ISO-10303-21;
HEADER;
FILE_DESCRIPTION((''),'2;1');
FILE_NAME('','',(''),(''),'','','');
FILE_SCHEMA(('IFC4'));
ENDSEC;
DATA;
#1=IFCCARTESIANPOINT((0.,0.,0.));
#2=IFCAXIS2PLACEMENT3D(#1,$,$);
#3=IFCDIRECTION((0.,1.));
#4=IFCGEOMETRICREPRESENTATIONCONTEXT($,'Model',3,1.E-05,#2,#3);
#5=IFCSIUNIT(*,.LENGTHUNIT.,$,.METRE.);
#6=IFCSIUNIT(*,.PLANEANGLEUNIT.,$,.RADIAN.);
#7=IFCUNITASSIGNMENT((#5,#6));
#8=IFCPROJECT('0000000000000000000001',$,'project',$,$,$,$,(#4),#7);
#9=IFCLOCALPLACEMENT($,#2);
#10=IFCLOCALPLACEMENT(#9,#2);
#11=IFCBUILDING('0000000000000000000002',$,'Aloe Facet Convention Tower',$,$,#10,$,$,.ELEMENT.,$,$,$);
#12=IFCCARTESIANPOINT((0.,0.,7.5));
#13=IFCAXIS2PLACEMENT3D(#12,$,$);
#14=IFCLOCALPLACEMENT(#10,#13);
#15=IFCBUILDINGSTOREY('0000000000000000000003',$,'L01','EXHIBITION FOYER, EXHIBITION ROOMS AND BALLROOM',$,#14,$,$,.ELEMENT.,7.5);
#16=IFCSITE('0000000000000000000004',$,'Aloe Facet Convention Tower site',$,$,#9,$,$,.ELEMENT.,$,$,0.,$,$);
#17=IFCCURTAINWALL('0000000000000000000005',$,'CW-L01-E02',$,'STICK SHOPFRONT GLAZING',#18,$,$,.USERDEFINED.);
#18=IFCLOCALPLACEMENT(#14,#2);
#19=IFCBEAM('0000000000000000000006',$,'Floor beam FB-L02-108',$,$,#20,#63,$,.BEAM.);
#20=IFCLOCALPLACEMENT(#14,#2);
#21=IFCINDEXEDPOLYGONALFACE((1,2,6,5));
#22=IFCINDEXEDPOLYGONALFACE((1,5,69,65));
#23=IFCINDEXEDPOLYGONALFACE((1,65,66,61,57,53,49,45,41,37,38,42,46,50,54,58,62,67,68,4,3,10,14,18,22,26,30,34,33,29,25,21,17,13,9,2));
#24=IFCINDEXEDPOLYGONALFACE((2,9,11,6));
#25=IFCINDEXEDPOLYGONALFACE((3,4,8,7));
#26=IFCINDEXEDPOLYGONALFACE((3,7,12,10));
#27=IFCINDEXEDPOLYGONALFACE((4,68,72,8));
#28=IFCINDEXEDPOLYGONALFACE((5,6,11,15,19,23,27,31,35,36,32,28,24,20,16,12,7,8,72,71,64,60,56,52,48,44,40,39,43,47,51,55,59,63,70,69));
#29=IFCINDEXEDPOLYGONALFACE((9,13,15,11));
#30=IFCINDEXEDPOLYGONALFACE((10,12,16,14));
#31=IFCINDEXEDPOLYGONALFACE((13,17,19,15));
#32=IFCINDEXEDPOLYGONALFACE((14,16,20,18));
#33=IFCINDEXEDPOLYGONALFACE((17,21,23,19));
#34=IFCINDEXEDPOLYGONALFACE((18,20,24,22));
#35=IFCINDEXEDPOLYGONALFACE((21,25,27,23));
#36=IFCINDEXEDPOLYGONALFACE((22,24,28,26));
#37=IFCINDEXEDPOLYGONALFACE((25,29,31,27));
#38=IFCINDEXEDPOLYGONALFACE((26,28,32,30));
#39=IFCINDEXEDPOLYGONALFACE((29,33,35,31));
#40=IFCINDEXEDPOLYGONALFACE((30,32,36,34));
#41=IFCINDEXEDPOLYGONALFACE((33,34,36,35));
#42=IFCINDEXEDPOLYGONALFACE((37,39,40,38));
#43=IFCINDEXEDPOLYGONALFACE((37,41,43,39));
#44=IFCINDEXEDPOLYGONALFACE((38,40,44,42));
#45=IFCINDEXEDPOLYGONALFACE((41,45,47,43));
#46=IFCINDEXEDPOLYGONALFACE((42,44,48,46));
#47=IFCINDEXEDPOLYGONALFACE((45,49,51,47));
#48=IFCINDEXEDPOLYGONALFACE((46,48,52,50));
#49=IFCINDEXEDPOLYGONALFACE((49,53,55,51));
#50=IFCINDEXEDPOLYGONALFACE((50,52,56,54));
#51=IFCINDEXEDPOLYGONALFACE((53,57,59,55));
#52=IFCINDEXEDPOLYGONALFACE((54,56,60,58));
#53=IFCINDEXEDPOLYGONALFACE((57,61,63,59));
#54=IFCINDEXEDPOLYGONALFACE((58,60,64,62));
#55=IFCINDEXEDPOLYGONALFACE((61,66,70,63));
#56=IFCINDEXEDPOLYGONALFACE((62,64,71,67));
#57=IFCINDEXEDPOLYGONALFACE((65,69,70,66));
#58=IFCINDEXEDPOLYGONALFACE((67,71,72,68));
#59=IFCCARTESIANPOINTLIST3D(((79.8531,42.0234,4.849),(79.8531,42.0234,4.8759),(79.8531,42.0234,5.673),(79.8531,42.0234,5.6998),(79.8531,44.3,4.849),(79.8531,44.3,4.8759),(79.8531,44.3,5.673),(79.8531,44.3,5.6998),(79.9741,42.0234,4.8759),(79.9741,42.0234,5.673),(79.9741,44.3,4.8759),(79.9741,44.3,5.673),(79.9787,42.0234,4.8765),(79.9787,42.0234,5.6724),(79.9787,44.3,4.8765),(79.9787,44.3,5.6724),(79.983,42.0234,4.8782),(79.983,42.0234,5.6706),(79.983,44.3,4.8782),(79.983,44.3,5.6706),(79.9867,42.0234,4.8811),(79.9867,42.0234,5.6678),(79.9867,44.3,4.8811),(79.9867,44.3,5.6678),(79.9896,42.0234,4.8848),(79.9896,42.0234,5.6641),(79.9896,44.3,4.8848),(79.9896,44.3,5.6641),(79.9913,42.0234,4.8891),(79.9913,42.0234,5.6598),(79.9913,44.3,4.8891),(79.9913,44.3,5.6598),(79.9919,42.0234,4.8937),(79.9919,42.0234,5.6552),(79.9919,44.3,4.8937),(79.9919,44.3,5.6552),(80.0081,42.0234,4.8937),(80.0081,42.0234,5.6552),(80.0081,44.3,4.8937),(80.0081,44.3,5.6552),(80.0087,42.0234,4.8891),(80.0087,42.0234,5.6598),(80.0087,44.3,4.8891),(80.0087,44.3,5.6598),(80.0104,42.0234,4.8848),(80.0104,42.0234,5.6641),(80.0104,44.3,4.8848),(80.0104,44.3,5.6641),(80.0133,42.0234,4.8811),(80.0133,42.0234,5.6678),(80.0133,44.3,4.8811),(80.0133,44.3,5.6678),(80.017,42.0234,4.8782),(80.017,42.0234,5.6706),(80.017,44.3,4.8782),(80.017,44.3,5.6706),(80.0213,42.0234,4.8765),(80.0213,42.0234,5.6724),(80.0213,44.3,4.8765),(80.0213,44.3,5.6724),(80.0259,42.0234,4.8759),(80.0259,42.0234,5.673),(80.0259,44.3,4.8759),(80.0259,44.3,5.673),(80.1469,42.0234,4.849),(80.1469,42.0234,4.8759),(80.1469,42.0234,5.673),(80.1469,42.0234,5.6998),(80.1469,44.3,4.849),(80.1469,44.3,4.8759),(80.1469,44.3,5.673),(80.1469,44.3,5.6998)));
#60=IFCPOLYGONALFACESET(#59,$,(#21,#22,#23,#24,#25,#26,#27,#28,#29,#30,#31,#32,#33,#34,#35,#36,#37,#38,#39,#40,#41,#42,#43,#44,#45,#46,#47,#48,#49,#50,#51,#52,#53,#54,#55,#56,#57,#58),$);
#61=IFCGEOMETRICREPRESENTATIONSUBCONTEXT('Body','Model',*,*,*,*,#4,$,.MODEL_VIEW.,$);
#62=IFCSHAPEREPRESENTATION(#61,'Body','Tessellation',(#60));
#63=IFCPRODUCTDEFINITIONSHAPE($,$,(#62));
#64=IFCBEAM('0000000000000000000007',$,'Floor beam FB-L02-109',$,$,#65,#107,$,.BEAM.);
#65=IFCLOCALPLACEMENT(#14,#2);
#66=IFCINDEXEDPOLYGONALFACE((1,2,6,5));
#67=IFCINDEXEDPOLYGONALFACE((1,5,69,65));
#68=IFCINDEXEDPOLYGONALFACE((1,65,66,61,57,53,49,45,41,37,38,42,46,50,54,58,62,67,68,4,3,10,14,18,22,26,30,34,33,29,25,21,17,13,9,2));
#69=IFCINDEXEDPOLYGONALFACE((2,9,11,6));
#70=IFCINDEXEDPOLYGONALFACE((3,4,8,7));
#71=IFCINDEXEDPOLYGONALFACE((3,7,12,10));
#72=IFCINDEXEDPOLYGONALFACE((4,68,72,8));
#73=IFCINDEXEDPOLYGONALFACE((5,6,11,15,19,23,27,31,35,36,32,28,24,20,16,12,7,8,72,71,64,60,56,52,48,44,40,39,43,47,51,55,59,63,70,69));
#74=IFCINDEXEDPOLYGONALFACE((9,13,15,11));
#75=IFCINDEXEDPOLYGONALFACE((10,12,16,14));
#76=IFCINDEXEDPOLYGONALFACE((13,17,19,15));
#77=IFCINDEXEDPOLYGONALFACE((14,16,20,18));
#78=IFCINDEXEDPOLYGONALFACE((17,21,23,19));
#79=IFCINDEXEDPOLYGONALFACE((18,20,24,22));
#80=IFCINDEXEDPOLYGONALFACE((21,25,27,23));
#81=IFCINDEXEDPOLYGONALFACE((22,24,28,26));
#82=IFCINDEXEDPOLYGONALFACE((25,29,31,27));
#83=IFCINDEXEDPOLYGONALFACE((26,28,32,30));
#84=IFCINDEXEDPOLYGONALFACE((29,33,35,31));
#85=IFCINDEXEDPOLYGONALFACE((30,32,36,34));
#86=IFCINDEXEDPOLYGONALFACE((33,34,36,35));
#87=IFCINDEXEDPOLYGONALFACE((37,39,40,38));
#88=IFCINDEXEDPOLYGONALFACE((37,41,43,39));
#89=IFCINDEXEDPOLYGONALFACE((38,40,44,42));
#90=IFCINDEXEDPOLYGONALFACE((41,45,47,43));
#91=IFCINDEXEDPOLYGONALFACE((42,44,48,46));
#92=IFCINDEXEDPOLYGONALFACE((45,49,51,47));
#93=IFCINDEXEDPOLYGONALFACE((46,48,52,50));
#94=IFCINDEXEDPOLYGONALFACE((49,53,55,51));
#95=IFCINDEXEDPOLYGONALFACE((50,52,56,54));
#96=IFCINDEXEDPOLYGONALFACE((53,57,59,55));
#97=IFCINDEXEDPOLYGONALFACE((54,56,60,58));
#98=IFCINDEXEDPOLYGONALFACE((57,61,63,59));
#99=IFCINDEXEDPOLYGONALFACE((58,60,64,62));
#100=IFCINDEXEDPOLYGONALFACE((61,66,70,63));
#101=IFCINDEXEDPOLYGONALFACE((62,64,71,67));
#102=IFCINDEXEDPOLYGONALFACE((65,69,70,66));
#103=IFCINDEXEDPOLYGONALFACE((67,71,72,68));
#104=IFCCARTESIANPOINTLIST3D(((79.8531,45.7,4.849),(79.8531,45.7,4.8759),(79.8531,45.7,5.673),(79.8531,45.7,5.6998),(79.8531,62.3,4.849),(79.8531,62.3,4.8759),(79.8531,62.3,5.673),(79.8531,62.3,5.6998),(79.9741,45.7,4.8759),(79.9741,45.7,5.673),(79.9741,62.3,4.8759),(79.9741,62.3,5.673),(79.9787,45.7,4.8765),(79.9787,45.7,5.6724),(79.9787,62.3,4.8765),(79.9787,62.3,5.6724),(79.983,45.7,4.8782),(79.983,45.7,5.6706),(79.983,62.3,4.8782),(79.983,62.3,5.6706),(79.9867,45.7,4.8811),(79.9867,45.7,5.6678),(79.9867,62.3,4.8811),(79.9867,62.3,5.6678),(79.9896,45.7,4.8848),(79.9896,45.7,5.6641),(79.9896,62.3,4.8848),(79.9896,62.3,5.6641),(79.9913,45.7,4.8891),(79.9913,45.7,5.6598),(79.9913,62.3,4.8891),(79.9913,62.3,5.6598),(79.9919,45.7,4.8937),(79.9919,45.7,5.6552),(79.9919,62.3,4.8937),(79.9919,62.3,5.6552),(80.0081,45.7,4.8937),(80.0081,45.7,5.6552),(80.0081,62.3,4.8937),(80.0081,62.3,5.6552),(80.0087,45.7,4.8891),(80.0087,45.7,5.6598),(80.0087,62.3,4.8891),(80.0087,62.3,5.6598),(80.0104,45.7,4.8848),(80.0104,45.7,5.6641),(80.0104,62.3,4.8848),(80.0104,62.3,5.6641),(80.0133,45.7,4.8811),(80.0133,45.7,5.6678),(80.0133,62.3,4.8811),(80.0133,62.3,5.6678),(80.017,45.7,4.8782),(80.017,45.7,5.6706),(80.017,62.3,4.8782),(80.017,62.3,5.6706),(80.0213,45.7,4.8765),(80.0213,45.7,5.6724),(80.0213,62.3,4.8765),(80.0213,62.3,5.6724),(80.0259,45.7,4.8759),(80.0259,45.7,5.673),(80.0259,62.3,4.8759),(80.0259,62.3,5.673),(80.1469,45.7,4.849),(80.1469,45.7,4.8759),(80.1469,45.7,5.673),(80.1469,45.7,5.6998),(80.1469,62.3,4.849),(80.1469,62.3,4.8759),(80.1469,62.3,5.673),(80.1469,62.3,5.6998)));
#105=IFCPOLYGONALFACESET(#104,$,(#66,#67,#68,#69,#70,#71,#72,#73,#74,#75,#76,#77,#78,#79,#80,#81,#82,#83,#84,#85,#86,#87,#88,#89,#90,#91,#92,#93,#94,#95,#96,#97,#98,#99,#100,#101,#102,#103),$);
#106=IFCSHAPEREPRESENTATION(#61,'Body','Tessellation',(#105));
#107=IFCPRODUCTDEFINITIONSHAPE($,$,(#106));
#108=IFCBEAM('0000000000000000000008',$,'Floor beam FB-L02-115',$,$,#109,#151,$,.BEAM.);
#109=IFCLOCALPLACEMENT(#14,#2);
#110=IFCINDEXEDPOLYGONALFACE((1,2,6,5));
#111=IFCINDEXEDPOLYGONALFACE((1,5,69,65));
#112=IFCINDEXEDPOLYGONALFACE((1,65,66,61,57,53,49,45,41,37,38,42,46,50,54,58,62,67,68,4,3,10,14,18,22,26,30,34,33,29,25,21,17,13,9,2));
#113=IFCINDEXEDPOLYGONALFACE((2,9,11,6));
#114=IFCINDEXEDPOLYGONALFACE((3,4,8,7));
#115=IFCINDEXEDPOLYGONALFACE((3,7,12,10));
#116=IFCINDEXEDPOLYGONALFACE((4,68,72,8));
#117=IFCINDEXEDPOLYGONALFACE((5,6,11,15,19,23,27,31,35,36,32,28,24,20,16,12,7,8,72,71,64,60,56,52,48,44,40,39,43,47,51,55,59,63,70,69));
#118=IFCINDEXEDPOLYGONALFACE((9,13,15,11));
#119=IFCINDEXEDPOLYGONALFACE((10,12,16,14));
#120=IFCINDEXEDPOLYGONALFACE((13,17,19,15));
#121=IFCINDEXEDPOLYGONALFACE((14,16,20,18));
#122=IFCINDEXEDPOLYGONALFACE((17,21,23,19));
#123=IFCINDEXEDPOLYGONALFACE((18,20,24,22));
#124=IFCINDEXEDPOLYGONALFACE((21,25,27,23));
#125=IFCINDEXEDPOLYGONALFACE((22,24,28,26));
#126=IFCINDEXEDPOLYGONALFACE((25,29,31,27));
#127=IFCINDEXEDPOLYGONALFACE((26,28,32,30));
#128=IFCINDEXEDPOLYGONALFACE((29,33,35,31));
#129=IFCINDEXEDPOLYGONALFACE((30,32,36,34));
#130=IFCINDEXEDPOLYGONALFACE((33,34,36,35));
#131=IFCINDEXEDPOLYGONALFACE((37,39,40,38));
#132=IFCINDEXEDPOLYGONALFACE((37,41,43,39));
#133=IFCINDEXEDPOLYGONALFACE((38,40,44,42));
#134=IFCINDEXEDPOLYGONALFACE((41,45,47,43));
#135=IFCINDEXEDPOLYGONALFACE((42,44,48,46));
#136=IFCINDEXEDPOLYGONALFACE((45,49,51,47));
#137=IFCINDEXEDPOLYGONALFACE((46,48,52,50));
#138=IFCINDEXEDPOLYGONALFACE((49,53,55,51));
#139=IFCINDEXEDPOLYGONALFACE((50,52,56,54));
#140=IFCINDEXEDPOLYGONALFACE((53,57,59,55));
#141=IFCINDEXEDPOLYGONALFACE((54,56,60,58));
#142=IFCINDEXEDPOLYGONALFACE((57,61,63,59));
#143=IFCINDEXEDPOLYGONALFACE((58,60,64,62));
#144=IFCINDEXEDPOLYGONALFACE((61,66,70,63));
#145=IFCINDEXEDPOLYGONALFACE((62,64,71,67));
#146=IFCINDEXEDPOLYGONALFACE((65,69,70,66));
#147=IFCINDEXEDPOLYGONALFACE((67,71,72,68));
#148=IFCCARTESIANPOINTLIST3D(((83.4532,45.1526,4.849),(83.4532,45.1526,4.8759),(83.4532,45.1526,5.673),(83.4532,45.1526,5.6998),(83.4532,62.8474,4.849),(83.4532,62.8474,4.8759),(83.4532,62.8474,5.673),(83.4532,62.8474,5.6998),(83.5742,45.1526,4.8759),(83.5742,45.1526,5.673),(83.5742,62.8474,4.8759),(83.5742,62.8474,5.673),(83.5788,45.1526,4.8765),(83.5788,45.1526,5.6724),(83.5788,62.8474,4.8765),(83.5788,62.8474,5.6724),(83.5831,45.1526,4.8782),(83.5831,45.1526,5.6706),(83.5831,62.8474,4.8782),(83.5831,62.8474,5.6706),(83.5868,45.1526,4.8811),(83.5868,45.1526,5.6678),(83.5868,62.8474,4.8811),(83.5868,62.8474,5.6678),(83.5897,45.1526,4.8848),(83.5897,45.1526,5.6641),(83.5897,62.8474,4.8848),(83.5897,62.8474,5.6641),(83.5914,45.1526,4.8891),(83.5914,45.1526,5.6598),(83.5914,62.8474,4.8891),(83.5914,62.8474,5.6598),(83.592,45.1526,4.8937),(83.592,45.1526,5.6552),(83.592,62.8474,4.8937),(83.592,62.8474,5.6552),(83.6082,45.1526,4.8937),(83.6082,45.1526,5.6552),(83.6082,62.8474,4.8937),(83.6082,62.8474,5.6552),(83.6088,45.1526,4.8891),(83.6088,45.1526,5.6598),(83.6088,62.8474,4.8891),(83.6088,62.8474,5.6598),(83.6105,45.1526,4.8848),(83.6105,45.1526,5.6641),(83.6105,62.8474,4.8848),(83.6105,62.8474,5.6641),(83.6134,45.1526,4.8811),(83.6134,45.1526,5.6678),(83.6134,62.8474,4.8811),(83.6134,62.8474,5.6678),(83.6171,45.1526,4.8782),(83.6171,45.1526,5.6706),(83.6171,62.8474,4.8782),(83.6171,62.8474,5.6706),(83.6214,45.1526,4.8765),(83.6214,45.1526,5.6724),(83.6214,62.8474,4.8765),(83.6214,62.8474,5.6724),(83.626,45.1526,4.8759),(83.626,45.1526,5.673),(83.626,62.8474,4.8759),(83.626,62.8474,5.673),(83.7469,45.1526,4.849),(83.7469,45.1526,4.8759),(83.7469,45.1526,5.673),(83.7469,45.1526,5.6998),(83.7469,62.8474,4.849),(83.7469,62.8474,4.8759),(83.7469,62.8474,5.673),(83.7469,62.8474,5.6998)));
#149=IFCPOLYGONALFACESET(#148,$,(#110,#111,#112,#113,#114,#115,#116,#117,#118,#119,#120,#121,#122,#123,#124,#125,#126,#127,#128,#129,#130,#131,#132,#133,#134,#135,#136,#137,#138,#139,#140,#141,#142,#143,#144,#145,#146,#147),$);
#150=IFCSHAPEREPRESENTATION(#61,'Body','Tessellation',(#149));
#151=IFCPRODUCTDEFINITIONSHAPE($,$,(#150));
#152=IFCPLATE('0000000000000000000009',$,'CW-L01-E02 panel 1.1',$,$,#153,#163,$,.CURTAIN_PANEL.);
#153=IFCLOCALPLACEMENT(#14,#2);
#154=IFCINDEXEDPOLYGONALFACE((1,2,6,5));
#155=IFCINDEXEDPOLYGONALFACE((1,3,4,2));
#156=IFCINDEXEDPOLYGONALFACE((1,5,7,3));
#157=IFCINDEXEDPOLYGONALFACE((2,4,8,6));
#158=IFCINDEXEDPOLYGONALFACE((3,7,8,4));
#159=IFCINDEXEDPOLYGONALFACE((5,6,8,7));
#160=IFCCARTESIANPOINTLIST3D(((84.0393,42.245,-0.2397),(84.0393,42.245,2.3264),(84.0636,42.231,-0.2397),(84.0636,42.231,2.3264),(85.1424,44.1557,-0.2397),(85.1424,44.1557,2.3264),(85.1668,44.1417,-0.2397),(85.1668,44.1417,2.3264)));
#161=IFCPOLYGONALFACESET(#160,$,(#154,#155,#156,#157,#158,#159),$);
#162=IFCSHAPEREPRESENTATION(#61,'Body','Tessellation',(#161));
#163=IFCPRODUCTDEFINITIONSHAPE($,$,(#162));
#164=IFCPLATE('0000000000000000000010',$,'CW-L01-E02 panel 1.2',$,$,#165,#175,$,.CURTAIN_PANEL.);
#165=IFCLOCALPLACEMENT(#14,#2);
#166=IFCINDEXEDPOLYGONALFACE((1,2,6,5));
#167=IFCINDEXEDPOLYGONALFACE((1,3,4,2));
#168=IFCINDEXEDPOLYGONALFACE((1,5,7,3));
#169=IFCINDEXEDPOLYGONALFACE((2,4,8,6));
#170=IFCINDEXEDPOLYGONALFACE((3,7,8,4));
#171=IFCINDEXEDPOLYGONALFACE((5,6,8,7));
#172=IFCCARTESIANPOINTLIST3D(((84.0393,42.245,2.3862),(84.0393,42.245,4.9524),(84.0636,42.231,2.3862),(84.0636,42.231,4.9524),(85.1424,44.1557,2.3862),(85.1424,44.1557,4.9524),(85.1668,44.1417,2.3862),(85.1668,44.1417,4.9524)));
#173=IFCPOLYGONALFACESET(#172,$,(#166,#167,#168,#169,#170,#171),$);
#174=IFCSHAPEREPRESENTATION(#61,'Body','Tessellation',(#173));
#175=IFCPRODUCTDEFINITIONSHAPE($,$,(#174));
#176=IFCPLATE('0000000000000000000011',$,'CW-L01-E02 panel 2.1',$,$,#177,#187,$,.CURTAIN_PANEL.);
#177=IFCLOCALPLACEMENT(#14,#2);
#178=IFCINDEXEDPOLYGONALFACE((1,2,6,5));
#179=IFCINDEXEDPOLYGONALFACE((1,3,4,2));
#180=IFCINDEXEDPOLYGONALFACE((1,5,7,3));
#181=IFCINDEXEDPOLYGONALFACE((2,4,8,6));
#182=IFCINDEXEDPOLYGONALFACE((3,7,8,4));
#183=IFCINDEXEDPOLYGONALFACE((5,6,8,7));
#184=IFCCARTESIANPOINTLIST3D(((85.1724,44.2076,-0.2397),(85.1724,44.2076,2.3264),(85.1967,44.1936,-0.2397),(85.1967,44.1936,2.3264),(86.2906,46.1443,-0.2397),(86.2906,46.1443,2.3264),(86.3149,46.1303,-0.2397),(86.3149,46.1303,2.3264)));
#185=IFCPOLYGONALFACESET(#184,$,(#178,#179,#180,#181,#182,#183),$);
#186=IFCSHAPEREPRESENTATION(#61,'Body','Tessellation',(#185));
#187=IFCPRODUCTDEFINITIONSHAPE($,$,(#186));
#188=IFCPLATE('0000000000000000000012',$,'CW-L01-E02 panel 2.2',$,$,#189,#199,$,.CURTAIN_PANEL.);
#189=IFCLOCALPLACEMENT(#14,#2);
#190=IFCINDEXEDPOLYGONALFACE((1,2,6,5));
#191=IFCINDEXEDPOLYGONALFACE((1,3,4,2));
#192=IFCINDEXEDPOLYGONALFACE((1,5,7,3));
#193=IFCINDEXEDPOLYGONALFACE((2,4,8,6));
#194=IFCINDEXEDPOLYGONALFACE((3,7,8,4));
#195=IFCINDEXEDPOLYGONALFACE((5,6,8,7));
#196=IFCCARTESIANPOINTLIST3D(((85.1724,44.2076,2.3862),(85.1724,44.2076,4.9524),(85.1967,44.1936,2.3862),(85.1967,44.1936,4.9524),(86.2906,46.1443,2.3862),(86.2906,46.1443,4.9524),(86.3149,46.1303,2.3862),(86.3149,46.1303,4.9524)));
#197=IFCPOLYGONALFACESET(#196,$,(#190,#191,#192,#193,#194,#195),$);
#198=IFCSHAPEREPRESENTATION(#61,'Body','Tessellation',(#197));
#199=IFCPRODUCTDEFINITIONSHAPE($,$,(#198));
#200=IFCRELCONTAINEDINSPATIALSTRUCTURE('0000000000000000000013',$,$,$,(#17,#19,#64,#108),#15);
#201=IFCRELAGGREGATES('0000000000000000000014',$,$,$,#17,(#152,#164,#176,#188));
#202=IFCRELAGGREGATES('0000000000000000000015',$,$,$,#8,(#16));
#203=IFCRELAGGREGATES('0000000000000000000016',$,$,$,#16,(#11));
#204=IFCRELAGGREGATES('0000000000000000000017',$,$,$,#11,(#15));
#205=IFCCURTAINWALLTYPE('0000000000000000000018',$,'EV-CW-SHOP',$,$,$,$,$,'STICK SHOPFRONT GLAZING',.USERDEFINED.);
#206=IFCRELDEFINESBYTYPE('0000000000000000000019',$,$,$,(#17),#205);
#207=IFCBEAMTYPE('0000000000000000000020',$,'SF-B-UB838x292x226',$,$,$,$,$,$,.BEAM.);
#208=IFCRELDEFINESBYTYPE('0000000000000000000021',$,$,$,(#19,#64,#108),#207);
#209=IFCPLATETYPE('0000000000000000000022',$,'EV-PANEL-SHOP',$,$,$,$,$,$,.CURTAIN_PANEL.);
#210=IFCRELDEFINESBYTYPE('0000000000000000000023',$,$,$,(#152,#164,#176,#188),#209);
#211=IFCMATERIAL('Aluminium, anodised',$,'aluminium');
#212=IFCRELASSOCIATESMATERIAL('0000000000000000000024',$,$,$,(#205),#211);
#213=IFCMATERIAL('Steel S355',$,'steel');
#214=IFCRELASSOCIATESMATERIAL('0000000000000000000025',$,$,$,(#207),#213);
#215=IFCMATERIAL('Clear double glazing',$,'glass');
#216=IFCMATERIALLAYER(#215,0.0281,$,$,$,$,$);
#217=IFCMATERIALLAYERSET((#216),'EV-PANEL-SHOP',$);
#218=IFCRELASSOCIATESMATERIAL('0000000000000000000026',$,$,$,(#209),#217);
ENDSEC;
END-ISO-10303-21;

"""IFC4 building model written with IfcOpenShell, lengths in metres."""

from ifc_helpers import new_model, si_unit, direction, frame, origin, origin_2d, place, context, subcontext, project, spatial, rectangle, i_section, extrude, material, layer, layer_set, material_profile, profile_set, type_object, element, aggregate, save


model = new_model("IFC4")

# Units and contexts
model_context = context("Model", 3, precision=1e-05, world=origin(), true_north=direction((0.0, 1.0)))
body_context = subcontext(model_context, "Body", "Model", "MODEL_VIEW")
ifc_project = project(units=[si_unit("LENGTHUNIT", "METRE"), si_unit("PLANEANGLEUNIT", "RADIAN")], contexts=[model_context])

# Site, building, storey
site_placement = place(None, origin())
site = spatial("IfcSite", under=ifc_project, at=site_placement, Name="Aloe Facet Convention Tower site", CompositionType="ELEMENT", RefElevation=0.0)
building_placement = place(site_placement, origin())
building = spatial("IfcBuilding", under=site, at=building_placement, Name="Aloe Facet Convention Tower", CompositionType="ELEMENT")
storey_placement = place(building_placement, frame((0.0, 0.0, 7.5)))
storey = spatial("IfcBuildingStorey", under=building, at=storey_placement, Name="L01", Description="EXHIBITION FOYER, EXHIBITION ROOMS AND BALLROOM", CompositionType="ELEMENT", Elevation=7.5)

# Curtain wall
ifc_material_1 = material(Name="Aluminium, anodised", Category="aluminium")
curtain_wall_type = type_object("IfcCurtainWallType", Name="EV-CW-SHOP", ElementType="STICK SHOPFRONT GLAZING", PredefinedType="USERDEFINED", material=ifc_material_1)
curtain_wall_placement = place(storey_placement, origin())
curtain_wall = element("IfcCurtainWall", 1, at=curtain_wall_placement, inside=storey, type_object=curtain_wall_type, Name="CW-L01-E02", ObjectType="STICK SHOPFRONT GLAZING", PredefinedType="USERDEFINED")

# Beams
ifc_material_2 = material(Name="Steel S355", Category="steel")
ifc_material_profile_1 = material_profile(ifc_material_2, i_section(OverallWidth=0.2937, OverallDepth=0.8508, WebThickness=0.0161, FlangeThickness=0.0269, FilletRadius=0.0178, at=origin_2d()), Name="UB 838x292x226")
ifc_profile_set_1 = profile_set([ifc_material_profile_1], Name="Steel S355")
beam_type_1 = type_object("IfcBeamType", Name="SF-B-UB838x292x226", PredefinedType="BEAM", material=ifc_profile_set_1)
beam_1_placement = place(storey_placement, frame((80.0, 42.0234, 5.2744), z_axis=(0.0, 1.0, 0.0), x_axis=(-1.0, 0.0, 0.0)))
element("IfcBeam", 2, at=beam_1_placement, inside=storey, type_object=beam_type_1, Name="Floor beam FB-L02-108", PredefinedType="BEAM", context=body_context, shape_type="SweptSolid", body=[
    extrude(i_section(OverallWidth=0.2937, OverallDepth=0.8508, WebThickness=0.0161, FlangeThickness=0.0269, FilletRadius=0.0178, at=origin_2d()), origin(), (0.0, 0.0, 1.0), 2.2766),
])
beam_2_placement = place(storey_placement, frame((80.0, 45.7, 5.2744), z_axis=(0.0, 1.0, 0.0), x_axis=(-1.0, 0.0, 0.0)))
element("IfcBeam", 3, at=beam_2_placement, inside=storey, type_object=beam_type_1, Name="Floor beam FB-L02-109", PredefinedType="BEAM", context=body_context, shape_type="SweptSolid", body=[
    extrude(i_section(OverallWidth=0.2937, OverallDepth=0.8508, WebThickness=0.0161, FlangeThickness=0.0269, FilletRadius=0.0178, at=origin_2d()), origin(), (0.0, 0.0, 1.0), 16.6001),
])
beam_3_placement = place(storey_placement, frame((83.6001, 45.1526, 5.2744), z_axis=(0.0, 1.0, 0.0), x_axis=(-1.0, 0.0, 0.0)))
element("IfcBeam", 4, at=beam_3_placement, inside=storey, type_object=beam_type_1, Name="Floor beam FB-L02-115", PredefinedType="BEAM", context=body_context, shape_type="SweptSolid", body=[
    extrude(i_section(OverallWidth=0.2937, OverallDepth=0.8508, WebThickness=0.0161, FlangeThickness=0.0269, FilletRadius=0.0178, at=origin_2d()), origin(), (0.0, 0.0, 1.0), 17.6948),
])

# Plates
ifc_material_3 = material(Name="Clear double glazing", Category="glass")
ifc_layer_1 = layer(ifc_material_3, 0.0281)
ifc_layer_set_1 = layer_set([ifc_layer_1], Name="EV-PANEL-SHOP")
plate_type = type_object("IfcPlateType", Name="EV-PANEL-SHOP", PredefinedType="CURTAIN_PANEL", material=ifc_layer_set_1)
plate_1_placement = place(storey_placement, frame((84.603, 43.1934, -0.2397), z_axis=(0.0, 0.0, 1.0), x_axis=(0.5, 0.866025, 0.0)))
plate_1 = element("IfcPlate", 5, at=plate_1_placement, type_object=plate_type, Name="CW-L01-E02 panel 1.1", PredefinedType="CURTAIN_PANEL", context=body_context, shape_type="SweptSolid", body=[
    extrude(rectangle(XDim=2.2063, YDim=0.0281, at=origin_2d()), origin(), (0.0, 0.0, 1.0), 2.5662),
])
plate_2_placement = place(storey_placement, frame((84.603, 43.1934, 2.3862), z_axis=(0.0, 0.0, 1.0), x_axis=(0.5, 0.866025, 0.0)))
plate_2 = element("IfcPlate", 6, at=plate_2_placement, type_object=plate_type, Name="CW-L01-E02 panel 1.2", PredefinedType="CURTAIN_PANEL", context=body_context, shape_type="SweptSolid", body=[
    extrude(rectangle(XDim=2.2063, YDim=0.0281, at=origin_2d()), origin(), (0.0, 0.0, 1.0), 2.5662),
])
plate_3_placement = place(storey_placement, frame((85.7437, 45.1689, -0.2397), z_axis=(0.0, 0.0, 1.0), x_axis=(0.5, 0.866025, 0.0)))
plate_3 = element("IfcPlate", 7, at=plate_3_placement, type_object=plate_type, Name="CW-L01-E02 panel 2.1", PredefinedType="CURTAIN_PANEL", context=body_context, shape_type="SweptSolid", body=[
    extrude(rectangle(XDim=2.2363, YDim=0.0281, at=origin_2d()), origin(), (0.0, 0.0, 1.0), 2.5662),
])
plate_4_placement = place(storey_placement, frame((85.7437, 45.1689, 2.3862), z_axis=(0.0, 0.0, 1.0), x_axis=(0.5, 0.866025, 0.0)))
plate_4 = element("IfcPlate", 8, at=plate_4_placement, type_object=plate_type, Name="CW-L01-E02 panel 2.2", PredefinedType="CURTAIN_PANEL", context=body_context, shape_type="SweptSolid", body=[
    extrude(rectangle(XDim=2.2363, YDim=0.0281, at=origin_2d()), origin(), (0.0, 0.0, 1.0), 2.5662),
])
aggregate(curtain_wall, [plate_1, plate_2, plate_3, plate_4])

save(model, "model.ifc")
